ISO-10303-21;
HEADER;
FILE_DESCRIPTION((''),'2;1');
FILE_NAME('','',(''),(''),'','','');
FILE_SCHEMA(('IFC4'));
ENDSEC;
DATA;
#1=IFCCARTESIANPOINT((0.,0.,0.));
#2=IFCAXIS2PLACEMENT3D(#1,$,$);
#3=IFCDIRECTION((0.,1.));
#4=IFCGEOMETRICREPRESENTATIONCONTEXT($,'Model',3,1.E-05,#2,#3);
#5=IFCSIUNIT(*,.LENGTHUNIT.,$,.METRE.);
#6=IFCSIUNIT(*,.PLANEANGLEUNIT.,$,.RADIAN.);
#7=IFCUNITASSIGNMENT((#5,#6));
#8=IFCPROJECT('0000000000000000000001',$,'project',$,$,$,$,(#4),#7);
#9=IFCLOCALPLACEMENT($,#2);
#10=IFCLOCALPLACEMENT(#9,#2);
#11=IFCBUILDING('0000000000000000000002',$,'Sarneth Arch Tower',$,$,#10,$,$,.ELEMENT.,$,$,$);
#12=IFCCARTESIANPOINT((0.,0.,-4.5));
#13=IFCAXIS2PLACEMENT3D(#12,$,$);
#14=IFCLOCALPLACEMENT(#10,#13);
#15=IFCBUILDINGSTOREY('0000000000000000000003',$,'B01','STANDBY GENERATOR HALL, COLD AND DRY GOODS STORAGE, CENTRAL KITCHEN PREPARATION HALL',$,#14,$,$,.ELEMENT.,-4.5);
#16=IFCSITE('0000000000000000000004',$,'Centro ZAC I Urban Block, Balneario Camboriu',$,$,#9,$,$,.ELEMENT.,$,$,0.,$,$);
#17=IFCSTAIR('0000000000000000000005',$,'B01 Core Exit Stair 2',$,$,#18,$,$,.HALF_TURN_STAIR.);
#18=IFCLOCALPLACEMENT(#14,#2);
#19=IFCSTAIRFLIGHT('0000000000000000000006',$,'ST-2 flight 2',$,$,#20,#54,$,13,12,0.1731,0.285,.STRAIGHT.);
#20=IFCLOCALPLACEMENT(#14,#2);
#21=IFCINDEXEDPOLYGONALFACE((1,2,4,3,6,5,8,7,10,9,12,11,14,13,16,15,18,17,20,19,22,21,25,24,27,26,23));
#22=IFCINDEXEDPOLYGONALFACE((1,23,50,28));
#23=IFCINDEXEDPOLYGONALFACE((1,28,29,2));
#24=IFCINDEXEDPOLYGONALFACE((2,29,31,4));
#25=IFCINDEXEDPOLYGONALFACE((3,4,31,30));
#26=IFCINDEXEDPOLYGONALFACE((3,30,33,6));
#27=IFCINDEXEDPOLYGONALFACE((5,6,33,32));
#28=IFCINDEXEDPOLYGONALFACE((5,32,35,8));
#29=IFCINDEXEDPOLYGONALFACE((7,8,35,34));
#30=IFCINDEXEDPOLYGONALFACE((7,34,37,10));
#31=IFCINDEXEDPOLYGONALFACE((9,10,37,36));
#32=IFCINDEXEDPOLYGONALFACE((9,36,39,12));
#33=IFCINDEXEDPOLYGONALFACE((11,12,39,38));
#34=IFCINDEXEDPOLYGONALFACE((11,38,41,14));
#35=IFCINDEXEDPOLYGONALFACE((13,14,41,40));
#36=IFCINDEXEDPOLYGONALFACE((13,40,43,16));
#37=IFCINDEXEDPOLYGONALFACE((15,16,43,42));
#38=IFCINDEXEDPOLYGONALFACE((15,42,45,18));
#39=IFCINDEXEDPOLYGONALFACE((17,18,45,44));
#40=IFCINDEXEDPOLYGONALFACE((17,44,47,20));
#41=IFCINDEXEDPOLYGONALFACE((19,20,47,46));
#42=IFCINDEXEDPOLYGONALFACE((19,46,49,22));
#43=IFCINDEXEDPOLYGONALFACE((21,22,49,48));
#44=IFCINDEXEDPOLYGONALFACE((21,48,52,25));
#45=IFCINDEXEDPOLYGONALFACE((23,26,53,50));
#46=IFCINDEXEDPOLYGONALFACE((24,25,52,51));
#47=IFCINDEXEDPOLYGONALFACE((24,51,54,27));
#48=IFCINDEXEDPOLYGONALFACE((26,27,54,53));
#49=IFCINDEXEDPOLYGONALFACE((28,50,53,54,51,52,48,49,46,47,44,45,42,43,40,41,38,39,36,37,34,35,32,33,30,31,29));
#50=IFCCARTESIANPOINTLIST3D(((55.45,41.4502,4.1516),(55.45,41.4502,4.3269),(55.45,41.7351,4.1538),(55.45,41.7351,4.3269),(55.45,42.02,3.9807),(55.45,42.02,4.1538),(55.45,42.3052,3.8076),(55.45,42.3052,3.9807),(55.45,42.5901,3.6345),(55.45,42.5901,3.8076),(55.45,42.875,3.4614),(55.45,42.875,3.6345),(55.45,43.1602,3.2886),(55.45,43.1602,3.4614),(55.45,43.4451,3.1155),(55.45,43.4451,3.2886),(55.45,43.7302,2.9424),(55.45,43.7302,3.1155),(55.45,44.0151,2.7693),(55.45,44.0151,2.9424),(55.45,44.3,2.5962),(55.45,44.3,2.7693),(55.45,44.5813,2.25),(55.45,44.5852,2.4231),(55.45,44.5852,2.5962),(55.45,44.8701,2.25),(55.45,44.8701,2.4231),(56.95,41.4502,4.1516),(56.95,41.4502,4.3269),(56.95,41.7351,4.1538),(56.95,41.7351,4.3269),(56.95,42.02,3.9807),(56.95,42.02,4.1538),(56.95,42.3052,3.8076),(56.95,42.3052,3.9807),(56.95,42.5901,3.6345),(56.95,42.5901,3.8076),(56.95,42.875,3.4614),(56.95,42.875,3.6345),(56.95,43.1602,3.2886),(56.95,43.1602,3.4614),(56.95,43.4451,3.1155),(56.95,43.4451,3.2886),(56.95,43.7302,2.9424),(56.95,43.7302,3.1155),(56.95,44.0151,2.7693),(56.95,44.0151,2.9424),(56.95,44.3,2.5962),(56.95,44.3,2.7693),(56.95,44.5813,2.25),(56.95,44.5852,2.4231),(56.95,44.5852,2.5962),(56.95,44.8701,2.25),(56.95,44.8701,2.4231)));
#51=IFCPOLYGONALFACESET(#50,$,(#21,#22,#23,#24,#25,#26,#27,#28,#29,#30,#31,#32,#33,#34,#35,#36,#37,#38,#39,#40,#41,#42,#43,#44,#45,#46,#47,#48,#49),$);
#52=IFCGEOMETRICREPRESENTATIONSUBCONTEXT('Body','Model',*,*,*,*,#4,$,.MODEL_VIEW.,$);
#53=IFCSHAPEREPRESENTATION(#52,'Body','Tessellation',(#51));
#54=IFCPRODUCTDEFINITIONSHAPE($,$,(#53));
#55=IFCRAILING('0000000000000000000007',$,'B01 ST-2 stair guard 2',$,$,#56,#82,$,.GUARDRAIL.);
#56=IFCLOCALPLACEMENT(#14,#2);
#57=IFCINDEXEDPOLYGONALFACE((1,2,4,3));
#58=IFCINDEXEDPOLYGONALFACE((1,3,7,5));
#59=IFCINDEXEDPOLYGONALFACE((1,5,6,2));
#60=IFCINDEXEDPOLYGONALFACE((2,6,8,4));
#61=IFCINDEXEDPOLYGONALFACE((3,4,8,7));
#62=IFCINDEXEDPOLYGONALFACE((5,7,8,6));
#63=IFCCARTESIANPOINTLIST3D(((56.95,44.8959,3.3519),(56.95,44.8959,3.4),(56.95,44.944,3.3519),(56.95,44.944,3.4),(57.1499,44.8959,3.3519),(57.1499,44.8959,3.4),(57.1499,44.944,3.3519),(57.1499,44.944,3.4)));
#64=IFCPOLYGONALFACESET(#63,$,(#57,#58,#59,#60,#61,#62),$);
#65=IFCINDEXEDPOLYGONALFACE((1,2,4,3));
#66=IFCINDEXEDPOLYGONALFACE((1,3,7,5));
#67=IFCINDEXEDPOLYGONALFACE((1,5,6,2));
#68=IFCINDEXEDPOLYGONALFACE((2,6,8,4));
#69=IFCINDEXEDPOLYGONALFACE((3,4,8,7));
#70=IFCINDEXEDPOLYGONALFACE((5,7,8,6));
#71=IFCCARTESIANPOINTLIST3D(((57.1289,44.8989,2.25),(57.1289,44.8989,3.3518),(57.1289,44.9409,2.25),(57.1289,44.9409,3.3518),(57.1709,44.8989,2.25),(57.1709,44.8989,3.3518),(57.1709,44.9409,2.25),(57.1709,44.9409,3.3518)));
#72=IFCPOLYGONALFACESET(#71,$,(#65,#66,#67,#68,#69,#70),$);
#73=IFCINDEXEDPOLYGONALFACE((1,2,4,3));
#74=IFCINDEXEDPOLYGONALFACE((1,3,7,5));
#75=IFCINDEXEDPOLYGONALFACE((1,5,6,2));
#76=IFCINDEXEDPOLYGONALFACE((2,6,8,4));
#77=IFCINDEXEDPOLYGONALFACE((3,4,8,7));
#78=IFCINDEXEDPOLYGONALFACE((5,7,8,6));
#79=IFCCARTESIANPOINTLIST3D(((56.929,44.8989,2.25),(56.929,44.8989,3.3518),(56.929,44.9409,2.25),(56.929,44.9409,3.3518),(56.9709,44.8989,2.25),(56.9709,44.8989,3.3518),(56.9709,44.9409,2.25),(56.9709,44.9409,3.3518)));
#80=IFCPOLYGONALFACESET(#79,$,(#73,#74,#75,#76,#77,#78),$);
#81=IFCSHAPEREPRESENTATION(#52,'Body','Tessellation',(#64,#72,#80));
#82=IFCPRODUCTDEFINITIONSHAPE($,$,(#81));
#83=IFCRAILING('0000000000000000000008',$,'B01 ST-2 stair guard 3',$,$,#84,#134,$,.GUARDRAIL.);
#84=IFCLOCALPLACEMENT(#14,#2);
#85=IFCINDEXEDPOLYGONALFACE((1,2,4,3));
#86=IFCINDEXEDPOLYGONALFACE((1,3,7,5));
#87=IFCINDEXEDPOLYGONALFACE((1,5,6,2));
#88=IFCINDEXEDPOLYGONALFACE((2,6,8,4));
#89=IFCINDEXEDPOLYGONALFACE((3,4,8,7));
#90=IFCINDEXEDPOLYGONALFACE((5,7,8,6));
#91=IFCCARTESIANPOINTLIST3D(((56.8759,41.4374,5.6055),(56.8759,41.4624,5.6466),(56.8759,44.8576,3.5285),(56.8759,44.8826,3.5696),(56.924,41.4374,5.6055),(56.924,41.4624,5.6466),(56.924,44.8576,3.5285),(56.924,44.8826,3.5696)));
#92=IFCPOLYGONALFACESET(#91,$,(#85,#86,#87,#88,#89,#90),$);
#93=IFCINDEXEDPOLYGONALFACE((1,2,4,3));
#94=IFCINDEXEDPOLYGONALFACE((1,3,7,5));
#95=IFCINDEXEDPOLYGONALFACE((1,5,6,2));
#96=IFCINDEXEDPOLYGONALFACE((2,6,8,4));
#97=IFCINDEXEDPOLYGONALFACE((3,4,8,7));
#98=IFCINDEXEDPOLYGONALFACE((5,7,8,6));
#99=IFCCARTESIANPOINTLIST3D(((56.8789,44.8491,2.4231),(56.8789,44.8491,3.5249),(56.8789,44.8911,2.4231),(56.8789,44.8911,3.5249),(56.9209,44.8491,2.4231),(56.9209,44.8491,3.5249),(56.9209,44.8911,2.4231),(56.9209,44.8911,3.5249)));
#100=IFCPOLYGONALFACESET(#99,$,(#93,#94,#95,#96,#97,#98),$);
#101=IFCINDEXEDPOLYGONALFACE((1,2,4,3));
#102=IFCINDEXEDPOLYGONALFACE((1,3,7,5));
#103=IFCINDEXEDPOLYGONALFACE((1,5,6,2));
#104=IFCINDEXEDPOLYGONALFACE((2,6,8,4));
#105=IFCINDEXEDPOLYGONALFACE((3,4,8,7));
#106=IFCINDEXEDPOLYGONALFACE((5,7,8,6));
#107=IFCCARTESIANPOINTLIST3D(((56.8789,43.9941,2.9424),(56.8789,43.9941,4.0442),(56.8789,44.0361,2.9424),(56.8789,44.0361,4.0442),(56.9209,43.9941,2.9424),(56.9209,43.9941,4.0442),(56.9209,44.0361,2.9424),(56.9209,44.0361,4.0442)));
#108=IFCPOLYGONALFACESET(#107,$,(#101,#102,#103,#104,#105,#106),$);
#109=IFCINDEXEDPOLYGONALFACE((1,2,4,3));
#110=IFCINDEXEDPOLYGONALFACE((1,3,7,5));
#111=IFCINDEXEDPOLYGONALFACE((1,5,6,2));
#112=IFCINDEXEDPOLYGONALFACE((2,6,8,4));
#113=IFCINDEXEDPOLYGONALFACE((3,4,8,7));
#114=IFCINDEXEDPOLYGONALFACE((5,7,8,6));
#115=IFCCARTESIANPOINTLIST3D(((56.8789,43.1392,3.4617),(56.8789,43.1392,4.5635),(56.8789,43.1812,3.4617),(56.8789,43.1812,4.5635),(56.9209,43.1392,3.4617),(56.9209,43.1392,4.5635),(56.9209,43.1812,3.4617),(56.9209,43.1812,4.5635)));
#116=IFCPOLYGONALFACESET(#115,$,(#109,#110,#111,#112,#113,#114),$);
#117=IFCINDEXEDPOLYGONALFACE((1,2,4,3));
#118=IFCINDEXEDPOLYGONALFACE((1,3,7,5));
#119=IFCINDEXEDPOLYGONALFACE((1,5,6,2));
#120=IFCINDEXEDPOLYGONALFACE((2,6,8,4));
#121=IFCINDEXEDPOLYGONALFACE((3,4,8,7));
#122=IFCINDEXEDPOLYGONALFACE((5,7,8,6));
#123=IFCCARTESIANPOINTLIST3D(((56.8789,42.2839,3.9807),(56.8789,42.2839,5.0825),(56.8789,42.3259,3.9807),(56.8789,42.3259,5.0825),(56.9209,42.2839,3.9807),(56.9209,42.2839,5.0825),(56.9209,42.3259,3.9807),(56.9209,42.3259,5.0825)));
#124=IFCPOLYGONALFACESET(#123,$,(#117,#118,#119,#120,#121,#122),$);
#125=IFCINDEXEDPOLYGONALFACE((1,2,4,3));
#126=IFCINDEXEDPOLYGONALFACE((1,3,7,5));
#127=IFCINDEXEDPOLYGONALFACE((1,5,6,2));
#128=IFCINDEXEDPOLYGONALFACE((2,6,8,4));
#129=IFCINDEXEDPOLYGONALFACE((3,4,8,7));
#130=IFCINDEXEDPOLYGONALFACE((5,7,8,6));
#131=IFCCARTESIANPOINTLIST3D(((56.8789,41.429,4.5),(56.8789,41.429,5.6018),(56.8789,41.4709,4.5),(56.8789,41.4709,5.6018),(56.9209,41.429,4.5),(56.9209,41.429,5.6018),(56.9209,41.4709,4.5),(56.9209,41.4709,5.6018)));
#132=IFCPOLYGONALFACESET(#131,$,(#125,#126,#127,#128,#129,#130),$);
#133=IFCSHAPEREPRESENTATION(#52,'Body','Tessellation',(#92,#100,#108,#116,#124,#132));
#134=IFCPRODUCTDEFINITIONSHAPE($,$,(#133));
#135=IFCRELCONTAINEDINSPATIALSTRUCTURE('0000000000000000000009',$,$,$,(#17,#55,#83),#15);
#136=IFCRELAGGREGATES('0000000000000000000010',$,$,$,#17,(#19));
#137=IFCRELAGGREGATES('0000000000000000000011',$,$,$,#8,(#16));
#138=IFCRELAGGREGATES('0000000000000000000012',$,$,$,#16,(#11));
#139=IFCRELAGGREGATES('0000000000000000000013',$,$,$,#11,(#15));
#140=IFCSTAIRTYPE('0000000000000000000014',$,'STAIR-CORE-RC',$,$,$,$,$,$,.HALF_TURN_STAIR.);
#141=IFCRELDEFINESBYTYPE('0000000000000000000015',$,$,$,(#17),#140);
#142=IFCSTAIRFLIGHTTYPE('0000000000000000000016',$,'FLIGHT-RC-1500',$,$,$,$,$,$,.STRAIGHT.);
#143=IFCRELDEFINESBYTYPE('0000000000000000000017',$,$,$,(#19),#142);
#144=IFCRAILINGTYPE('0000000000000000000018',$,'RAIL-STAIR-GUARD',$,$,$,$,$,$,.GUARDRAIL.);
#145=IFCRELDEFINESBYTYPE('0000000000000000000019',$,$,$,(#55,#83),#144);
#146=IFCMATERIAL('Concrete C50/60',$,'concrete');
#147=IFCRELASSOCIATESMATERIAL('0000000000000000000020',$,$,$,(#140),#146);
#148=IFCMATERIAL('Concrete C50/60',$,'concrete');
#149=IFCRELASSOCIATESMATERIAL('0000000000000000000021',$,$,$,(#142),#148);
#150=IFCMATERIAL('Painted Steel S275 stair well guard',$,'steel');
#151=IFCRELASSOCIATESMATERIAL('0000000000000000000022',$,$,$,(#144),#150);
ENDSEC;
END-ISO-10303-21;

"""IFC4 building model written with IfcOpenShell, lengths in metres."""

from ifc_helpers import new_model, si_unit, direction, frame, origin, origin_2d, place, context, subcontext, project, spatial, polyline, rectangle, outline, extrude, material, type_object, element, aggregate, save


model = new_model("IFC4")

# Units and contexts
model_context = context("Model", 3, precision=1e-05, world=origin(), true_north=direction((0.0, 1.0)))
body_context = subcontext(model_context, "Body", "Model", "MODEL_VIEW")
ifc_project = project(units=[si_unit("LENGTHUNIT", "METRE"), si_unit("PLANEANGLEUNIT", "RADIAN")], contexts=[model_context])

# Site, building, storey
site_placement = place(None, origin())
site = spatial("IfcSite", under=ifc_project, at=site_placement, Name="Centro ZAC I Urban Block, Balneario Camboriu", CompositionType="ELEMENT", RefElevation=0.0)
building_placement = place(site_placement, origin())
building = spatial("IfcBuilding", under=site, at=building_placement, Name="Sarneth Arch Tower", CompositionType="ELEMENT")
storey_placement = place(building_placement, frame((0.0, 0.0, -4.5)))
storey = spatial("IfcBuildingStorey", under=building, at=storey_placement, Name="B01", Description="STANDBY GENERATOR HALL, COLD AND DRY GOODS STORAGE, CENTRAL KITCHEN PREPARATION HALL", CompositionType="ELEMENT", Elevation=-4.5)

# Stair, stair flight
ifc_material_1 = material(Name="Concrete C50/60", Category="concrete")
stair_type = type_object("IfcStairType", Name="STAIR-CORE-RC", PredefinedType="HALF_TURN_STAIR", material=ifc_material_1)
stair_placement = place(storey_placement, origin())
stair = element("IfcStair", 1, at=stair_placement, inside=storey, type_object=stair_type, Name="B01 Core Exit Stair 2", PredefinedType="HALF_TURN_STAIR")
ifc_material_2 = material(Name="Concrete C50/60", Category="concrete")
stair_flight_type = type_object("IfcStairFlightType", Name="FLIGHT-RC-1500", PredefinedType="STRAIGHT", material=ifc_material_2)
stair_flight_placement = place(storey_placement, frame((56.2, 44.8701, 2.25), z_axis=(0.0, 0.0, 1.0), x_axis=(0.0, -1.0, 0.0)))
stair_flight = element("IfcStairFlight", 2, at=stair_flight_placement, type_object=stair_flight_type, Name="ST-2 flight 2", NumberOfRisers=13, NumberOfTreads=12, PredefinedType="STRAIGHT", RiserHeight=0.1731, TreadLength=0.285, context=body_context, shape_type="SweptSolid", body=[
    extrude(outline(polyline([(0.0, 0.0), (0.0, 0.1731), (0.2849, 0.1731), (0.2849, 0.3462), (0.5701, 0.3462), (0.5701, 0.5193), (0.855, 0.5193), (0.855, 0.6924), (1.1399, 0.6924), (1.1399, 0.8655), (1.425, 0.8655), (1.425, 1.0386), (1.71, 1.0386), (1.71, 1.2114), (1.9951, 1.2114), (1.9951, 1.3845), (2.28, 1.3845), (2.28, 1.5576), (2.5649, 1.5576), (2.5649, 1.7307), (2.8501, 1.7307), (2.8501, 1.9038), (3.135, 1.9038), (3.135, 2.0769), (3.4199, 2.0769), (3.4199, 2.25), (3.4199, 1.9016), (0.2888, 0.0), (0.0, 0.0)])), frame((0.0, 0.75, 0.0), z_axis=(0.0, -1.0, 0.0), x_axis=(1.0, 0.0, 0.0)), (0.0, 0.0, 1.0), 1.5),
])
aggregate(stair, [stair_flight])

# Railings
ifc_material_3 = material(Name="Painted Steel S275 stair well guard", Category="steel")
railing_type = type_object("IfcRailingType", Name="RAIL-STAIR-GUARD", PredefinedType="GUARDRAIL", material=ifc_material_3)
railing_1_placement = place(storey_placement, frame((57.1499, 44.9199, 2.25)))
element("IfcRailing", 3, at=railing_1_placement, inside=storey, type_object=railing_type, Name="B01 ST-2 stair guard 2", PredefinedType="GUARDRAIL", context=body_context, shape_type="SweptSolid", body=[
    extrude(rectangle(XDim=0.0481, YDim=0.0481, at=origin_2d()), frame((0.0, 0.0, 1.126), z_axis=(-1.0, 0.0, 0.0), x_axis=(0.0, -1.0, 0.0)), (0.0, 0.0, 1.0), 0.2),
    extrude(rectangle(XDim=0.042, YDim=0.042, at=origin_2d()), origin(), (0.0, 0.0, 1.0), 1.1018),
    extrude(rectangle(XDim=0.042, YDim=0.042, at=origin_2d()), frame((-0.2, 0.0, 0.0)), (0.0, 0.0, 1.0), 1.1018),
])
railing_2_placement = place(storey_placement, frame((56.8999, 44.8701, 2.4231)))
element("IfcRailing", 4, at=railing_2_placement, inside=storey, type_object=railing_type, Name="B01 ST-2 stair guard 3", PredefinedType="GUARDRAIL", context=body_context, shape_type="SweptSolid", body=[
    extrude(rectangle(XDim=0.0481, YDim=0.0481, at=origin_2d()), frame((0.0, 0.0, 1.126), z_axis=(0.0, -0.854746, 0.519047), x_axis=(1.0, 0.0, 0.0)), (0.0, 0.0, 1.0), 4.0015),
    extrude(rectangle(XDim=0.042, YDim=0.042, at=origin_2d()), origin(), (0.0, 0.0, 1.0), 1.1018),
    extrude(rectangle(XDim=0.042, YDim=0.042, at=origin_2d()), frame((0.0, -0.855, 0.5193)), (0.0, 0.0, 1.0), 1.1018),
    extrude(rectangle(XDim=0.042, YDim=0.042, at=origin_2d()), frame((0.0, -1.71, 1.0386)), (0.0, 0.0, 1.0), 1.1018),
    extrude(rectangle(XDim=0.042, YDim=0.042, at=origin_2d()), frame((0.0, -2.5652, 1.5576)), (0.0, 0.0, 1.0), 1.1018),
    extrude(rectangle(XDim=0.042, YDim=0.042, at=origin_2d()), frame((0.0, -3.4202, 2.0769)), (0.0, 0.0, 1.0), 1.1018),
])

save(model, "model.ifc")
